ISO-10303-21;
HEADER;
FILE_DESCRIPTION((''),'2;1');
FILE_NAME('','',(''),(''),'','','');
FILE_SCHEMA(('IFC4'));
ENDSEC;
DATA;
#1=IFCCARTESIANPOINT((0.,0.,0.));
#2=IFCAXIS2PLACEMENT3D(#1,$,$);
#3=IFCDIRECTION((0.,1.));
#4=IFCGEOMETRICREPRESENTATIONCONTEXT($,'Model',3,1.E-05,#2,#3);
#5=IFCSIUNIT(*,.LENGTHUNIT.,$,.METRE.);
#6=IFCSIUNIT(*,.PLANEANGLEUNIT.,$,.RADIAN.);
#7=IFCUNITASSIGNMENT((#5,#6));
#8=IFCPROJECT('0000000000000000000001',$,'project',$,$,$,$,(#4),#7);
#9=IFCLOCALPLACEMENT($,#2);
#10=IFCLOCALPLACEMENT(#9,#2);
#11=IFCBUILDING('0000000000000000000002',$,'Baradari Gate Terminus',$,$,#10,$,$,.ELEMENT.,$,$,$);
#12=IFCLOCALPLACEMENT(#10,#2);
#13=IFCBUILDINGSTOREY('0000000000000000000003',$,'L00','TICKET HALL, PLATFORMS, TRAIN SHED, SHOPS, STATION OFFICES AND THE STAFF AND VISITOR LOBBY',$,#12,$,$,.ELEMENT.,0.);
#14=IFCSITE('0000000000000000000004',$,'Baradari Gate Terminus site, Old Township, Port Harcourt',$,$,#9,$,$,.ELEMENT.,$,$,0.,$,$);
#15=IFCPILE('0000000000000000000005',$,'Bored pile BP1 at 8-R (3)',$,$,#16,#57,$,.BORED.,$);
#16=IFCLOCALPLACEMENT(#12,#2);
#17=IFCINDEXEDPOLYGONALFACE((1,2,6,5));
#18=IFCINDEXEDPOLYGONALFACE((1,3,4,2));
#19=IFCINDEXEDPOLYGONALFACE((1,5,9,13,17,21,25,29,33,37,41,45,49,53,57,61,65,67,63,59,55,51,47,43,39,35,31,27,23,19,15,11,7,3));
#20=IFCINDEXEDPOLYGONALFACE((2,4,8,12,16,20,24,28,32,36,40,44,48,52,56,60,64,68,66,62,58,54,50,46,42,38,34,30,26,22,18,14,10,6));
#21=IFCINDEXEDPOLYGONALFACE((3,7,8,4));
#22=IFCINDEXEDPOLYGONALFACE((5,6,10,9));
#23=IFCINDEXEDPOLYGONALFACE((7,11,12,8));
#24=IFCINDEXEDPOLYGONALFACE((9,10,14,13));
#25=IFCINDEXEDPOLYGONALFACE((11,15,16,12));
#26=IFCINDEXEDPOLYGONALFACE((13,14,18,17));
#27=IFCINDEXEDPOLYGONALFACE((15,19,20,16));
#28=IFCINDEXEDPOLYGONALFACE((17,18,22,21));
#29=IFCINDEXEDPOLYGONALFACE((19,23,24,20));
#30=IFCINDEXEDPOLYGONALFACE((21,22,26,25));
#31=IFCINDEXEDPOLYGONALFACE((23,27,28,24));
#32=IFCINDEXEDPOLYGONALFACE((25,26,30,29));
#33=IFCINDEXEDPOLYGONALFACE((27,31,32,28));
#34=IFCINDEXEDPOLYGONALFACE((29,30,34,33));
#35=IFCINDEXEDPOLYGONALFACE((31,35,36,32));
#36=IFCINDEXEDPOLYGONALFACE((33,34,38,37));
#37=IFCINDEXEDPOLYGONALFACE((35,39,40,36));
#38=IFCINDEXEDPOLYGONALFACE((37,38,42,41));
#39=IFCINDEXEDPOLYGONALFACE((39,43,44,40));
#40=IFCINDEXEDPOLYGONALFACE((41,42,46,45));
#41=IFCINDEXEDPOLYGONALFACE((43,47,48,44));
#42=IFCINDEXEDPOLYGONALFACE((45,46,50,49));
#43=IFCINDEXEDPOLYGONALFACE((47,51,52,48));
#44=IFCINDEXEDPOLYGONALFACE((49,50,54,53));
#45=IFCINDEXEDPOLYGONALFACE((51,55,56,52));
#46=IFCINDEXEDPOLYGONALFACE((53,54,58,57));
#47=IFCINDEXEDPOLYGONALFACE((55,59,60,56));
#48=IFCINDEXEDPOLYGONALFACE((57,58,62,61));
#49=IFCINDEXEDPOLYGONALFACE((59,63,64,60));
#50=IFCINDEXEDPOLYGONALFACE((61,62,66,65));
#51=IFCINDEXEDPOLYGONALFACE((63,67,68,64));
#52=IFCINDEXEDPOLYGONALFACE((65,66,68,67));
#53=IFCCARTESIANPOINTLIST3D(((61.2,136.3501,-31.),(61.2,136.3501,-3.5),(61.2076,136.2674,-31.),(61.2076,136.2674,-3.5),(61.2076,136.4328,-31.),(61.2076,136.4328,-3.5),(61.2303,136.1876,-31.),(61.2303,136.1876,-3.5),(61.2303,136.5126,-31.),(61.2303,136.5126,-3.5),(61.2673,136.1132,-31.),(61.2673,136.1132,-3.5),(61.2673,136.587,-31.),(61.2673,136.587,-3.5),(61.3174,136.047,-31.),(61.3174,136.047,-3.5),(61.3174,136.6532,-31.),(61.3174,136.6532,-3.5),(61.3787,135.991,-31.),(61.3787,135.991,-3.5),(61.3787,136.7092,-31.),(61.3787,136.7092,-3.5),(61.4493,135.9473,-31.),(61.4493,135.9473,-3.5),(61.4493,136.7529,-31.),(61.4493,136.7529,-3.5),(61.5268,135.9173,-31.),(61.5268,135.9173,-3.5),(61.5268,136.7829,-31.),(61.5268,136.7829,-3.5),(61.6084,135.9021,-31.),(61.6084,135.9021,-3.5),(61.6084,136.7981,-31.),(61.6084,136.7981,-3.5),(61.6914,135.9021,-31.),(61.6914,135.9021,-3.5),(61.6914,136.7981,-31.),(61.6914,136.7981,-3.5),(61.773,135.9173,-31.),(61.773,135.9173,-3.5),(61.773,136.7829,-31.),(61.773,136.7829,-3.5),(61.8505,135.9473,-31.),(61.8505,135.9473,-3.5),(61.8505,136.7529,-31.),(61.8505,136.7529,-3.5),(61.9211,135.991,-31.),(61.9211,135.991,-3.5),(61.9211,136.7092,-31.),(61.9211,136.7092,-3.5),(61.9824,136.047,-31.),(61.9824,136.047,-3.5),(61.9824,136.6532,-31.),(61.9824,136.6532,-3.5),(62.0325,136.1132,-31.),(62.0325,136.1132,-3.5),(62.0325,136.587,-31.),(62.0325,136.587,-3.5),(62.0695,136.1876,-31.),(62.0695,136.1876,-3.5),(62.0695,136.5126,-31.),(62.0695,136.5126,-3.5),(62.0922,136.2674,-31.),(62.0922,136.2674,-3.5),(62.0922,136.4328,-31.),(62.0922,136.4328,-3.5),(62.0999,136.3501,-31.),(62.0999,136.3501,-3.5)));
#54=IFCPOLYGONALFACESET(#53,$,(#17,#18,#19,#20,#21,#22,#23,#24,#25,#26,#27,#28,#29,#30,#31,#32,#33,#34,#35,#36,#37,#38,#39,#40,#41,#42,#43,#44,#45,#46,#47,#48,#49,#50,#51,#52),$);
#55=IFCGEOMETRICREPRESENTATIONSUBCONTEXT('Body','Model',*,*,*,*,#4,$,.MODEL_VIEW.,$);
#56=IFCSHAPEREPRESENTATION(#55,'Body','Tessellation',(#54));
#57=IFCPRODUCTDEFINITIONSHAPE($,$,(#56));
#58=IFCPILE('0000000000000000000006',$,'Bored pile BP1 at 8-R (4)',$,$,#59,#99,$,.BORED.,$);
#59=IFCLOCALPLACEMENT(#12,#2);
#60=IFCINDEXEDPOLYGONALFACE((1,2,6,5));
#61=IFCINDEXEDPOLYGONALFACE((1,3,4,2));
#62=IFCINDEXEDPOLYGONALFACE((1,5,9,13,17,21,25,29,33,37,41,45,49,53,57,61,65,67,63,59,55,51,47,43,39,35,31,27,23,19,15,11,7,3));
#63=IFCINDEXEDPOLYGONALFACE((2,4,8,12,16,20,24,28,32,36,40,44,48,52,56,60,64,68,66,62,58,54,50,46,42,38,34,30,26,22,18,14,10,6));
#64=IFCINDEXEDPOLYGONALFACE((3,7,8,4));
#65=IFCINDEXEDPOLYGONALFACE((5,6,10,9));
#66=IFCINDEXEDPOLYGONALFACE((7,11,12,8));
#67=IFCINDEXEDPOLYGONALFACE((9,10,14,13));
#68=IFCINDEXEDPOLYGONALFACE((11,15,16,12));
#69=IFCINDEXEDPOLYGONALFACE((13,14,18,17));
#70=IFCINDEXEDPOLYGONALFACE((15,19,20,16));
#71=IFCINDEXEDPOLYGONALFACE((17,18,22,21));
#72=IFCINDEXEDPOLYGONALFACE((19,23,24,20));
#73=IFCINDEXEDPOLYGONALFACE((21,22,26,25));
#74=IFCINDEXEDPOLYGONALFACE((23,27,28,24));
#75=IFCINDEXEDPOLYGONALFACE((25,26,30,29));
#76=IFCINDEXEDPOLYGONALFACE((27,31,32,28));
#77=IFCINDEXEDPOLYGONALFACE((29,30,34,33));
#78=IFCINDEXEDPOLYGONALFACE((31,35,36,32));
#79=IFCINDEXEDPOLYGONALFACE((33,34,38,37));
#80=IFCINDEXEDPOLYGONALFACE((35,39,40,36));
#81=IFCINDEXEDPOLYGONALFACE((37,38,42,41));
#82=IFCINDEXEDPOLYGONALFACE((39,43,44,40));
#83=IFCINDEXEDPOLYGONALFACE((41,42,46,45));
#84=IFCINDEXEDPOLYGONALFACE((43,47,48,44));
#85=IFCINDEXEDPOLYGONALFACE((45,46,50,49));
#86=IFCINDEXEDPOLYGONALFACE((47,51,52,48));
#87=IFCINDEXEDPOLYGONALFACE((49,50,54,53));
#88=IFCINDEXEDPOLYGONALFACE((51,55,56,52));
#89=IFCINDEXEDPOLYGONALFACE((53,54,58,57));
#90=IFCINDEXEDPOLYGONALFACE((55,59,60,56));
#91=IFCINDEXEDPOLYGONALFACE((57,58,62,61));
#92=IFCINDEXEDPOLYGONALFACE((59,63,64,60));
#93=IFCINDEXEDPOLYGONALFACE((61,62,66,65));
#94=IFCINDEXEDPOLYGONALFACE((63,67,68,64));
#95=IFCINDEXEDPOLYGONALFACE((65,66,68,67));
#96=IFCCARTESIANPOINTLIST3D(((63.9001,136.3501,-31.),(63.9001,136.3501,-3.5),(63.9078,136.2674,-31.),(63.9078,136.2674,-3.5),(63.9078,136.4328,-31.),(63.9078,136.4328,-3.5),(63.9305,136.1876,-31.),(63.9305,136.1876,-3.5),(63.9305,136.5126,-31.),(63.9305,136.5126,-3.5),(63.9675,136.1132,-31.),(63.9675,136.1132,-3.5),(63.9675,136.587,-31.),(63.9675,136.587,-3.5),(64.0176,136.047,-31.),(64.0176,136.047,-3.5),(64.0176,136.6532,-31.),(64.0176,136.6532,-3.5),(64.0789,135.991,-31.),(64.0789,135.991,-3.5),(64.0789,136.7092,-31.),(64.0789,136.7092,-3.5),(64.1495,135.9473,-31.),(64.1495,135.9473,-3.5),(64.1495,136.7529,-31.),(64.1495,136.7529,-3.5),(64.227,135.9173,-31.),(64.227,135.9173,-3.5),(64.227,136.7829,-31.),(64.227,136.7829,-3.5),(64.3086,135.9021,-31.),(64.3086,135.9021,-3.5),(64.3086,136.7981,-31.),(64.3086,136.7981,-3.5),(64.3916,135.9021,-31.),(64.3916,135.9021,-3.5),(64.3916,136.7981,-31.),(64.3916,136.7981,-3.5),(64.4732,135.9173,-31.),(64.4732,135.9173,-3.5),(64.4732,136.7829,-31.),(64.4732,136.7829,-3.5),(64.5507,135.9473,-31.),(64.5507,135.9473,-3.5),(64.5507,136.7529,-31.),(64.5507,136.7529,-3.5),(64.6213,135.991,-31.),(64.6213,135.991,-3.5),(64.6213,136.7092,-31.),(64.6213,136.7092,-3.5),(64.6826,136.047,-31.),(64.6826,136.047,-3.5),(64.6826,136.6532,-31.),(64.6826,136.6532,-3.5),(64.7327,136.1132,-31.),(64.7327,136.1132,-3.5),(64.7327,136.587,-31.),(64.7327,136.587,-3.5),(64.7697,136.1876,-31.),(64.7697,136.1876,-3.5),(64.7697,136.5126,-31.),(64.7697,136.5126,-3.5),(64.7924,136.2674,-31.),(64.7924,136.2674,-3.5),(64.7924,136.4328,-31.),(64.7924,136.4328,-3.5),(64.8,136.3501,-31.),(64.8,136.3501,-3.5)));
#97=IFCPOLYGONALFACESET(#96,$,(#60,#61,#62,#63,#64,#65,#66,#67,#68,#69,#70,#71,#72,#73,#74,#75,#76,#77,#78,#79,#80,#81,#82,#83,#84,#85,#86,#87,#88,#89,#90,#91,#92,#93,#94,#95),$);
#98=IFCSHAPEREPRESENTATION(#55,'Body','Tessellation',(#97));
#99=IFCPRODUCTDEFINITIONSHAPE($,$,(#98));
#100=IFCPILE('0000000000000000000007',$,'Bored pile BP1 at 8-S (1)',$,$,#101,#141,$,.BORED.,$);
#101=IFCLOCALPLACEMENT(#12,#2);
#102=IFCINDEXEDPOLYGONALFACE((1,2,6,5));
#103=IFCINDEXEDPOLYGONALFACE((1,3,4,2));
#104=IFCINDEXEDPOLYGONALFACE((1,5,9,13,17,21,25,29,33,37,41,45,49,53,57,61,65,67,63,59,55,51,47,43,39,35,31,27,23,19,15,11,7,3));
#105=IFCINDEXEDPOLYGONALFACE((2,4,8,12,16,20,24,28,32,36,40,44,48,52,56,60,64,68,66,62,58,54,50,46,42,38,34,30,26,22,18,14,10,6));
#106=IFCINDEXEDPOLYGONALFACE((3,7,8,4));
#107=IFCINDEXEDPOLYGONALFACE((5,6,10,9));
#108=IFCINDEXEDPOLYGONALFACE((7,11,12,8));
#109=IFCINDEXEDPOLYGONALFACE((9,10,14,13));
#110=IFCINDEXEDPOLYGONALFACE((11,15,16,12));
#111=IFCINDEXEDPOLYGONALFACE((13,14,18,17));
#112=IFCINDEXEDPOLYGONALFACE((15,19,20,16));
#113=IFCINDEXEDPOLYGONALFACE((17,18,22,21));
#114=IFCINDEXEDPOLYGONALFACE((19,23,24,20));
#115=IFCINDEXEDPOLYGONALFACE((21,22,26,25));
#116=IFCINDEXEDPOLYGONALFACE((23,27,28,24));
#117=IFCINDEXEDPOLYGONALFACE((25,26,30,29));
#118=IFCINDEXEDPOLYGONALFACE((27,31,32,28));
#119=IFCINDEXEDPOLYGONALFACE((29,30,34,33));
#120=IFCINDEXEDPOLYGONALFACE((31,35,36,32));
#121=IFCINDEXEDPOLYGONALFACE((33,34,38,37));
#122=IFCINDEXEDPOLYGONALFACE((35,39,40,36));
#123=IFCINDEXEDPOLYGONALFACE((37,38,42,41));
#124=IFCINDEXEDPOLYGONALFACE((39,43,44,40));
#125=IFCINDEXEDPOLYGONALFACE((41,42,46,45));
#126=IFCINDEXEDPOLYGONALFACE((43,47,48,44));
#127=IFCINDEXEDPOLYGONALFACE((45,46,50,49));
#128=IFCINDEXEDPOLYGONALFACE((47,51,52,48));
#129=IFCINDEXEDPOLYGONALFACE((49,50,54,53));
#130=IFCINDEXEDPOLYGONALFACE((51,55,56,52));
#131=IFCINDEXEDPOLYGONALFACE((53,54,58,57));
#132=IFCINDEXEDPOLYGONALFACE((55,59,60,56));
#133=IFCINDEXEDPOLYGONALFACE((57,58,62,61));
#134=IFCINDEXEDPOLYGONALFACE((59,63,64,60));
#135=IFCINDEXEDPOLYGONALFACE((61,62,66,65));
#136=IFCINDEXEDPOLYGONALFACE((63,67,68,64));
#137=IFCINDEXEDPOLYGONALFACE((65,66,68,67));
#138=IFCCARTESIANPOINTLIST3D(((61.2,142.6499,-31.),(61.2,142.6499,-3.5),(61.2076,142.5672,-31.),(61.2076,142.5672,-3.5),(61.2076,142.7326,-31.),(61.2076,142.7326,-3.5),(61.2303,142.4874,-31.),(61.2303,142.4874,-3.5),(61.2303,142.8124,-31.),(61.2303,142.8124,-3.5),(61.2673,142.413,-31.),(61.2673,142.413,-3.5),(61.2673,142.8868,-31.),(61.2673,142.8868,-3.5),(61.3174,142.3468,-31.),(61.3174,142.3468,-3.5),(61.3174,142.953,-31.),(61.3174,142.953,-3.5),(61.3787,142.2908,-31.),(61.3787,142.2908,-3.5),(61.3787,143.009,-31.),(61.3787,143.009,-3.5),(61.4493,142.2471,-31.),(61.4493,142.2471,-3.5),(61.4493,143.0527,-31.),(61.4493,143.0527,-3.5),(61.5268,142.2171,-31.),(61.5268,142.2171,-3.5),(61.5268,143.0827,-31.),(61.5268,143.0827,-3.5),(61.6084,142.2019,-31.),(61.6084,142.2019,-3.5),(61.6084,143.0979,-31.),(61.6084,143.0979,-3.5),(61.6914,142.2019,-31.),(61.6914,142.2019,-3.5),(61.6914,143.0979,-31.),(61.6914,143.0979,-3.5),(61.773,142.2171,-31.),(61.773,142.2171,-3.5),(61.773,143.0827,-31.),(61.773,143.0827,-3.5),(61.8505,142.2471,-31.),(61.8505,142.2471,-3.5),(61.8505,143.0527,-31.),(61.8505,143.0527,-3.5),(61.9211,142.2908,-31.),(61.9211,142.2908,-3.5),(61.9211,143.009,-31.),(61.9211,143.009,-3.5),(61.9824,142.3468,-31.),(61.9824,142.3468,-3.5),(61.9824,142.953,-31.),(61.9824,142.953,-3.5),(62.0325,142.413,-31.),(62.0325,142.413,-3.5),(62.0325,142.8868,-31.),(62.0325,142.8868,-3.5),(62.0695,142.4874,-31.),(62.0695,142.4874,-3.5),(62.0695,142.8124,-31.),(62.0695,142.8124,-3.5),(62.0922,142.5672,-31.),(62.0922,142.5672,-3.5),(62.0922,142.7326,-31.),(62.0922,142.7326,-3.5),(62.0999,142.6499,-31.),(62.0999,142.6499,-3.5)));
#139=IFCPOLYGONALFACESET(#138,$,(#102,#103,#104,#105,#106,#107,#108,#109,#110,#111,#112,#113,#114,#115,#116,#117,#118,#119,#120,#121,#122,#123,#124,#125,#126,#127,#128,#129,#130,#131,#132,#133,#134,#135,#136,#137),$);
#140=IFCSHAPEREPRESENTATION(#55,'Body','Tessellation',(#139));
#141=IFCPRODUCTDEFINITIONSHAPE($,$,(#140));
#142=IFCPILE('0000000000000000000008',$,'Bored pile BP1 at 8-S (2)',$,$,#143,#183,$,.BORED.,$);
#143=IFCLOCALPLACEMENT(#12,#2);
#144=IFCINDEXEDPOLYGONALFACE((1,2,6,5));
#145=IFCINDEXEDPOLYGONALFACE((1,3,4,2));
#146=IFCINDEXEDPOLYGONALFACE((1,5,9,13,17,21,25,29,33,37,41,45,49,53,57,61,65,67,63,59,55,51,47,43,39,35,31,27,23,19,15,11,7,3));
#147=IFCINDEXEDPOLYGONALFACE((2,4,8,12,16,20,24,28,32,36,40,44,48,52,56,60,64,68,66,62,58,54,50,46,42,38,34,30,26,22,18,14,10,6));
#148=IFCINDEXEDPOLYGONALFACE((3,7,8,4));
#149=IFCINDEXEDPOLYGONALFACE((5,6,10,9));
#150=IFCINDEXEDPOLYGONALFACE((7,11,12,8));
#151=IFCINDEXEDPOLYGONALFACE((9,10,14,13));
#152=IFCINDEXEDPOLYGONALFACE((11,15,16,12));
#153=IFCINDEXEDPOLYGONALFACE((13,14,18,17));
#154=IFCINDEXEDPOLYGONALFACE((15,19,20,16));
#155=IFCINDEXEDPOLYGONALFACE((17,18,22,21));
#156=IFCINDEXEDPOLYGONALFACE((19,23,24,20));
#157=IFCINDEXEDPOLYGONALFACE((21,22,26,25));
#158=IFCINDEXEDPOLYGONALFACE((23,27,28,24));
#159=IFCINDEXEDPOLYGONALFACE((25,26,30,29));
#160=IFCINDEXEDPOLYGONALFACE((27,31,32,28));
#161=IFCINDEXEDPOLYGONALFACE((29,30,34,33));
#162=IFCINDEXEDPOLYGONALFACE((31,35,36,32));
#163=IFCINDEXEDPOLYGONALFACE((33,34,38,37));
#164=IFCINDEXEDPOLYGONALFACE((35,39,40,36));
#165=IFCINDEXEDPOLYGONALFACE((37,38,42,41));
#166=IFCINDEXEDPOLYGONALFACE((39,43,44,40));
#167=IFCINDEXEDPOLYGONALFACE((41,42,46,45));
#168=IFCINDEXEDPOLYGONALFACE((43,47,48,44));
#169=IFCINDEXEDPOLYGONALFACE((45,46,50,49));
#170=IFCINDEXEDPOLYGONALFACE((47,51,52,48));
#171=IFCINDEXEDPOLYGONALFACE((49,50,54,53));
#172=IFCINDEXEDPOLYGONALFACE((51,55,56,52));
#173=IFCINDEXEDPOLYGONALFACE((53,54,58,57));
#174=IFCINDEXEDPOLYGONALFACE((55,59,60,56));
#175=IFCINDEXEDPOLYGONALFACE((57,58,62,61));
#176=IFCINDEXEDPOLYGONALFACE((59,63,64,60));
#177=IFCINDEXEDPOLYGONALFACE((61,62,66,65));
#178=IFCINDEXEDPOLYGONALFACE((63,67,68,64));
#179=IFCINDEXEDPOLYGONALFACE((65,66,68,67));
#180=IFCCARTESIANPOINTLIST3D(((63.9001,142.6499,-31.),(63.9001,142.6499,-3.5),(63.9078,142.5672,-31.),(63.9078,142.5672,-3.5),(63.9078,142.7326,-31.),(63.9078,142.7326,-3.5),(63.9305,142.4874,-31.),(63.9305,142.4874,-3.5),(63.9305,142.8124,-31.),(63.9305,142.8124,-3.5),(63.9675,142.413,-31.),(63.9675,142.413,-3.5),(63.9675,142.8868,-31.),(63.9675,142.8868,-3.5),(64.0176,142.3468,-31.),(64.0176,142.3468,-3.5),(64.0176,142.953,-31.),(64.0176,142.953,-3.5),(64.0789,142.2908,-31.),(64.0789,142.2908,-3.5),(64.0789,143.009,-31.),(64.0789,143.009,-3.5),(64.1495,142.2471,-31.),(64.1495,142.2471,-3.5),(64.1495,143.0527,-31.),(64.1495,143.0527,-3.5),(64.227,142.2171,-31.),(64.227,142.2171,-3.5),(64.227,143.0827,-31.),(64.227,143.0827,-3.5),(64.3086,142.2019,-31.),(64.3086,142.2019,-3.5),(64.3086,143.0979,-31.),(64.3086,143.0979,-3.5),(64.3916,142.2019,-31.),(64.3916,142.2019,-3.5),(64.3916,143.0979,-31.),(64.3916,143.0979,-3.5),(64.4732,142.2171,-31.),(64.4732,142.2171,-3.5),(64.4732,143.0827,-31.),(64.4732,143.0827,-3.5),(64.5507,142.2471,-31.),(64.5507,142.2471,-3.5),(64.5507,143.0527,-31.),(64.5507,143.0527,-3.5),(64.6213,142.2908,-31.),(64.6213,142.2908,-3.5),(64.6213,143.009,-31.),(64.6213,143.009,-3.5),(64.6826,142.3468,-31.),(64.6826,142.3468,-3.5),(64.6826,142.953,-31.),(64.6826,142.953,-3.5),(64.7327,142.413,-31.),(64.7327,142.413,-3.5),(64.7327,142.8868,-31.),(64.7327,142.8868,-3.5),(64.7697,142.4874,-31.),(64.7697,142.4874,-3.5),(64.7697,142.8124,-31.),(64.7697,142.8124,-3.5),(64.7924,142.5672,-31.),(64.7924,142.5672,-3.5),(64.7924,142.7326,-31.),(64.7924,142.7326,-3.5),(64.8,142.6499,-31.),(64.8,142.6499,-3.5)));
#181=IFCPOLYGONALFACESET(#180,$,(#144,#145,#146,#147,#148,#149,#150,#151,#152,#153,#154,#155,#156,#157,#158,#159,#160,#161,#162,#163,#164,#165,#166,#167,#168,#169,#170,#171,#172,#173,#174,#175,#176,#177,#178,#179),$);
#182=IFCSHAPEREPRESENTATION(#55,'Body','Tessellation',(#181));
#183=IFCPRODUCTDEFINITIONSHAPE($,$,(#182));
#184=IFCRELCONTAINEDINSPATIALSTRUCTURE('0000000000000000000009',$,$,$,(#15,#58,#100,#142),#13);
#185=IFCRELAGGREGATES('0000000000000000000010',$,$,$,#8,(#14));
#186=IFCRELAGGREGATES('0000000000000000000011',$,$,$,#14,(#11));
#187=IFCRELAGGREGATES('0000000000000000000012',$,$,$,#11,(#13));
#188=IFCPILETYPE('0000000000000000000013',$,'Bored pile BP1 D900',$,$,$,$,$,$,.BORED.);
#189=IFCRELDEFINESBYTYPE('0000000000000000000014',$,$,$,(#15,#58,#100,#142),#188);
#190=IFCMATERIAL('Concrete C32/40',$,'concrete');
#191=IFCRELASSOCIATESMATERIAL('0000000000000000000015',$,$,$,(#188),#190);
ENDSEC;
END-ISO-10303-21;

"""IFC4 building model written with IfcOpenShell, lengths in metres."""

from ifc_helpers import new_model, si_unit, direction, frame, origin, origin_2d, place, context, subcontext, project, spatial, circle, extrude, material, type_object, element, save


model = new_model("IFC4")

# Units and contexts
model_context = context("Model", 3, precision=1e-05, world=origin(), true_north=direction((0.0, 1.0)))
body_context = subcontext(model_context, "Body", "Model", "MODEL_VIEW")
ifc_project = project(units=[si_unit("LENGTHUNIT", "METRE"), si_unit("PLANEANGLEUNIT", "RADIAN")], contexts=[model_context])

# Site, building, storey
site_placement = place(None, origin())
site = spatial("IfcSite", under=ifc_project, at=site_placement, Name="Baradari Gate Terminus site, Old Township, Port Harcourt", CompositionType="ELEMENT", RefElevation=0.0)
building_placement = place(site_placement, origin())
building = spatial("IfcBuilding", under=site, at=building_placement, Name="Baradari Gate Terminus", CompositionType="ELEMENT")
storey_placement = place(building_placement, origin())
storey = spatial("IfcBuildingStorey", under=building, at=storey_placement, Name="L00", Description="TICKET HALL, PLATFORMS, TRAIN SHED, SHOPS, STATION OFFICES AND THE STAFF AND VISITOR LOBBY", CompositionType="ELEMENT", Elevation=0.0)

# Piles
ifc_material_1 = material(Name="Concrete C32/40", Category="concrete")
pile_type_1 = type_object("IfcPileType", Name="Bored pile BP1 D900", PredefinedType="BORED", material=ifc_material_1)
for number, where, z_axis, x_axis, name in (
    (1, (61.6499, 136.3501, -3.5), (0.0, 0.0, -1.0), (1.0, 0.0, 0.0), "Bored pile BP1 at 8-R (3)"),
    (2, (64.3501, 136.3501, -3.5), (0.0, 0.0, -1.0), (1.0, 0.0, 0.0), "Bored pile BP1 at 8-R (4)"),
    (3, (61.6499, 142.6499, -3.5), (0.0, 0.0, -1.0), (1.0, 0.0, 0.0), "Bored pile BP1 at 8-S (1)"),
    (4, (64.3501, 142.6499, -3.5), (0.0, 0.0, -1.0), (1.0, 0.0, 0.0), "Bored pile BP1 at 8-S (2)"),
):
    element("IfcPile", number, at=place(storey_placement, frame(where, z_axis=z_axis, x_axis=x_axis)), inside=storey, type_object=pile_type_1, Name=name, PredefinedType="BORED", context=body_context, shape_type="SweptSolid", body=[
        extrude(circle(Radius=0.45, at=origin_2d()), origin(), (0.0, 0.0, 1.0), 27.5),
    ])

save(model, "model.ifc")
